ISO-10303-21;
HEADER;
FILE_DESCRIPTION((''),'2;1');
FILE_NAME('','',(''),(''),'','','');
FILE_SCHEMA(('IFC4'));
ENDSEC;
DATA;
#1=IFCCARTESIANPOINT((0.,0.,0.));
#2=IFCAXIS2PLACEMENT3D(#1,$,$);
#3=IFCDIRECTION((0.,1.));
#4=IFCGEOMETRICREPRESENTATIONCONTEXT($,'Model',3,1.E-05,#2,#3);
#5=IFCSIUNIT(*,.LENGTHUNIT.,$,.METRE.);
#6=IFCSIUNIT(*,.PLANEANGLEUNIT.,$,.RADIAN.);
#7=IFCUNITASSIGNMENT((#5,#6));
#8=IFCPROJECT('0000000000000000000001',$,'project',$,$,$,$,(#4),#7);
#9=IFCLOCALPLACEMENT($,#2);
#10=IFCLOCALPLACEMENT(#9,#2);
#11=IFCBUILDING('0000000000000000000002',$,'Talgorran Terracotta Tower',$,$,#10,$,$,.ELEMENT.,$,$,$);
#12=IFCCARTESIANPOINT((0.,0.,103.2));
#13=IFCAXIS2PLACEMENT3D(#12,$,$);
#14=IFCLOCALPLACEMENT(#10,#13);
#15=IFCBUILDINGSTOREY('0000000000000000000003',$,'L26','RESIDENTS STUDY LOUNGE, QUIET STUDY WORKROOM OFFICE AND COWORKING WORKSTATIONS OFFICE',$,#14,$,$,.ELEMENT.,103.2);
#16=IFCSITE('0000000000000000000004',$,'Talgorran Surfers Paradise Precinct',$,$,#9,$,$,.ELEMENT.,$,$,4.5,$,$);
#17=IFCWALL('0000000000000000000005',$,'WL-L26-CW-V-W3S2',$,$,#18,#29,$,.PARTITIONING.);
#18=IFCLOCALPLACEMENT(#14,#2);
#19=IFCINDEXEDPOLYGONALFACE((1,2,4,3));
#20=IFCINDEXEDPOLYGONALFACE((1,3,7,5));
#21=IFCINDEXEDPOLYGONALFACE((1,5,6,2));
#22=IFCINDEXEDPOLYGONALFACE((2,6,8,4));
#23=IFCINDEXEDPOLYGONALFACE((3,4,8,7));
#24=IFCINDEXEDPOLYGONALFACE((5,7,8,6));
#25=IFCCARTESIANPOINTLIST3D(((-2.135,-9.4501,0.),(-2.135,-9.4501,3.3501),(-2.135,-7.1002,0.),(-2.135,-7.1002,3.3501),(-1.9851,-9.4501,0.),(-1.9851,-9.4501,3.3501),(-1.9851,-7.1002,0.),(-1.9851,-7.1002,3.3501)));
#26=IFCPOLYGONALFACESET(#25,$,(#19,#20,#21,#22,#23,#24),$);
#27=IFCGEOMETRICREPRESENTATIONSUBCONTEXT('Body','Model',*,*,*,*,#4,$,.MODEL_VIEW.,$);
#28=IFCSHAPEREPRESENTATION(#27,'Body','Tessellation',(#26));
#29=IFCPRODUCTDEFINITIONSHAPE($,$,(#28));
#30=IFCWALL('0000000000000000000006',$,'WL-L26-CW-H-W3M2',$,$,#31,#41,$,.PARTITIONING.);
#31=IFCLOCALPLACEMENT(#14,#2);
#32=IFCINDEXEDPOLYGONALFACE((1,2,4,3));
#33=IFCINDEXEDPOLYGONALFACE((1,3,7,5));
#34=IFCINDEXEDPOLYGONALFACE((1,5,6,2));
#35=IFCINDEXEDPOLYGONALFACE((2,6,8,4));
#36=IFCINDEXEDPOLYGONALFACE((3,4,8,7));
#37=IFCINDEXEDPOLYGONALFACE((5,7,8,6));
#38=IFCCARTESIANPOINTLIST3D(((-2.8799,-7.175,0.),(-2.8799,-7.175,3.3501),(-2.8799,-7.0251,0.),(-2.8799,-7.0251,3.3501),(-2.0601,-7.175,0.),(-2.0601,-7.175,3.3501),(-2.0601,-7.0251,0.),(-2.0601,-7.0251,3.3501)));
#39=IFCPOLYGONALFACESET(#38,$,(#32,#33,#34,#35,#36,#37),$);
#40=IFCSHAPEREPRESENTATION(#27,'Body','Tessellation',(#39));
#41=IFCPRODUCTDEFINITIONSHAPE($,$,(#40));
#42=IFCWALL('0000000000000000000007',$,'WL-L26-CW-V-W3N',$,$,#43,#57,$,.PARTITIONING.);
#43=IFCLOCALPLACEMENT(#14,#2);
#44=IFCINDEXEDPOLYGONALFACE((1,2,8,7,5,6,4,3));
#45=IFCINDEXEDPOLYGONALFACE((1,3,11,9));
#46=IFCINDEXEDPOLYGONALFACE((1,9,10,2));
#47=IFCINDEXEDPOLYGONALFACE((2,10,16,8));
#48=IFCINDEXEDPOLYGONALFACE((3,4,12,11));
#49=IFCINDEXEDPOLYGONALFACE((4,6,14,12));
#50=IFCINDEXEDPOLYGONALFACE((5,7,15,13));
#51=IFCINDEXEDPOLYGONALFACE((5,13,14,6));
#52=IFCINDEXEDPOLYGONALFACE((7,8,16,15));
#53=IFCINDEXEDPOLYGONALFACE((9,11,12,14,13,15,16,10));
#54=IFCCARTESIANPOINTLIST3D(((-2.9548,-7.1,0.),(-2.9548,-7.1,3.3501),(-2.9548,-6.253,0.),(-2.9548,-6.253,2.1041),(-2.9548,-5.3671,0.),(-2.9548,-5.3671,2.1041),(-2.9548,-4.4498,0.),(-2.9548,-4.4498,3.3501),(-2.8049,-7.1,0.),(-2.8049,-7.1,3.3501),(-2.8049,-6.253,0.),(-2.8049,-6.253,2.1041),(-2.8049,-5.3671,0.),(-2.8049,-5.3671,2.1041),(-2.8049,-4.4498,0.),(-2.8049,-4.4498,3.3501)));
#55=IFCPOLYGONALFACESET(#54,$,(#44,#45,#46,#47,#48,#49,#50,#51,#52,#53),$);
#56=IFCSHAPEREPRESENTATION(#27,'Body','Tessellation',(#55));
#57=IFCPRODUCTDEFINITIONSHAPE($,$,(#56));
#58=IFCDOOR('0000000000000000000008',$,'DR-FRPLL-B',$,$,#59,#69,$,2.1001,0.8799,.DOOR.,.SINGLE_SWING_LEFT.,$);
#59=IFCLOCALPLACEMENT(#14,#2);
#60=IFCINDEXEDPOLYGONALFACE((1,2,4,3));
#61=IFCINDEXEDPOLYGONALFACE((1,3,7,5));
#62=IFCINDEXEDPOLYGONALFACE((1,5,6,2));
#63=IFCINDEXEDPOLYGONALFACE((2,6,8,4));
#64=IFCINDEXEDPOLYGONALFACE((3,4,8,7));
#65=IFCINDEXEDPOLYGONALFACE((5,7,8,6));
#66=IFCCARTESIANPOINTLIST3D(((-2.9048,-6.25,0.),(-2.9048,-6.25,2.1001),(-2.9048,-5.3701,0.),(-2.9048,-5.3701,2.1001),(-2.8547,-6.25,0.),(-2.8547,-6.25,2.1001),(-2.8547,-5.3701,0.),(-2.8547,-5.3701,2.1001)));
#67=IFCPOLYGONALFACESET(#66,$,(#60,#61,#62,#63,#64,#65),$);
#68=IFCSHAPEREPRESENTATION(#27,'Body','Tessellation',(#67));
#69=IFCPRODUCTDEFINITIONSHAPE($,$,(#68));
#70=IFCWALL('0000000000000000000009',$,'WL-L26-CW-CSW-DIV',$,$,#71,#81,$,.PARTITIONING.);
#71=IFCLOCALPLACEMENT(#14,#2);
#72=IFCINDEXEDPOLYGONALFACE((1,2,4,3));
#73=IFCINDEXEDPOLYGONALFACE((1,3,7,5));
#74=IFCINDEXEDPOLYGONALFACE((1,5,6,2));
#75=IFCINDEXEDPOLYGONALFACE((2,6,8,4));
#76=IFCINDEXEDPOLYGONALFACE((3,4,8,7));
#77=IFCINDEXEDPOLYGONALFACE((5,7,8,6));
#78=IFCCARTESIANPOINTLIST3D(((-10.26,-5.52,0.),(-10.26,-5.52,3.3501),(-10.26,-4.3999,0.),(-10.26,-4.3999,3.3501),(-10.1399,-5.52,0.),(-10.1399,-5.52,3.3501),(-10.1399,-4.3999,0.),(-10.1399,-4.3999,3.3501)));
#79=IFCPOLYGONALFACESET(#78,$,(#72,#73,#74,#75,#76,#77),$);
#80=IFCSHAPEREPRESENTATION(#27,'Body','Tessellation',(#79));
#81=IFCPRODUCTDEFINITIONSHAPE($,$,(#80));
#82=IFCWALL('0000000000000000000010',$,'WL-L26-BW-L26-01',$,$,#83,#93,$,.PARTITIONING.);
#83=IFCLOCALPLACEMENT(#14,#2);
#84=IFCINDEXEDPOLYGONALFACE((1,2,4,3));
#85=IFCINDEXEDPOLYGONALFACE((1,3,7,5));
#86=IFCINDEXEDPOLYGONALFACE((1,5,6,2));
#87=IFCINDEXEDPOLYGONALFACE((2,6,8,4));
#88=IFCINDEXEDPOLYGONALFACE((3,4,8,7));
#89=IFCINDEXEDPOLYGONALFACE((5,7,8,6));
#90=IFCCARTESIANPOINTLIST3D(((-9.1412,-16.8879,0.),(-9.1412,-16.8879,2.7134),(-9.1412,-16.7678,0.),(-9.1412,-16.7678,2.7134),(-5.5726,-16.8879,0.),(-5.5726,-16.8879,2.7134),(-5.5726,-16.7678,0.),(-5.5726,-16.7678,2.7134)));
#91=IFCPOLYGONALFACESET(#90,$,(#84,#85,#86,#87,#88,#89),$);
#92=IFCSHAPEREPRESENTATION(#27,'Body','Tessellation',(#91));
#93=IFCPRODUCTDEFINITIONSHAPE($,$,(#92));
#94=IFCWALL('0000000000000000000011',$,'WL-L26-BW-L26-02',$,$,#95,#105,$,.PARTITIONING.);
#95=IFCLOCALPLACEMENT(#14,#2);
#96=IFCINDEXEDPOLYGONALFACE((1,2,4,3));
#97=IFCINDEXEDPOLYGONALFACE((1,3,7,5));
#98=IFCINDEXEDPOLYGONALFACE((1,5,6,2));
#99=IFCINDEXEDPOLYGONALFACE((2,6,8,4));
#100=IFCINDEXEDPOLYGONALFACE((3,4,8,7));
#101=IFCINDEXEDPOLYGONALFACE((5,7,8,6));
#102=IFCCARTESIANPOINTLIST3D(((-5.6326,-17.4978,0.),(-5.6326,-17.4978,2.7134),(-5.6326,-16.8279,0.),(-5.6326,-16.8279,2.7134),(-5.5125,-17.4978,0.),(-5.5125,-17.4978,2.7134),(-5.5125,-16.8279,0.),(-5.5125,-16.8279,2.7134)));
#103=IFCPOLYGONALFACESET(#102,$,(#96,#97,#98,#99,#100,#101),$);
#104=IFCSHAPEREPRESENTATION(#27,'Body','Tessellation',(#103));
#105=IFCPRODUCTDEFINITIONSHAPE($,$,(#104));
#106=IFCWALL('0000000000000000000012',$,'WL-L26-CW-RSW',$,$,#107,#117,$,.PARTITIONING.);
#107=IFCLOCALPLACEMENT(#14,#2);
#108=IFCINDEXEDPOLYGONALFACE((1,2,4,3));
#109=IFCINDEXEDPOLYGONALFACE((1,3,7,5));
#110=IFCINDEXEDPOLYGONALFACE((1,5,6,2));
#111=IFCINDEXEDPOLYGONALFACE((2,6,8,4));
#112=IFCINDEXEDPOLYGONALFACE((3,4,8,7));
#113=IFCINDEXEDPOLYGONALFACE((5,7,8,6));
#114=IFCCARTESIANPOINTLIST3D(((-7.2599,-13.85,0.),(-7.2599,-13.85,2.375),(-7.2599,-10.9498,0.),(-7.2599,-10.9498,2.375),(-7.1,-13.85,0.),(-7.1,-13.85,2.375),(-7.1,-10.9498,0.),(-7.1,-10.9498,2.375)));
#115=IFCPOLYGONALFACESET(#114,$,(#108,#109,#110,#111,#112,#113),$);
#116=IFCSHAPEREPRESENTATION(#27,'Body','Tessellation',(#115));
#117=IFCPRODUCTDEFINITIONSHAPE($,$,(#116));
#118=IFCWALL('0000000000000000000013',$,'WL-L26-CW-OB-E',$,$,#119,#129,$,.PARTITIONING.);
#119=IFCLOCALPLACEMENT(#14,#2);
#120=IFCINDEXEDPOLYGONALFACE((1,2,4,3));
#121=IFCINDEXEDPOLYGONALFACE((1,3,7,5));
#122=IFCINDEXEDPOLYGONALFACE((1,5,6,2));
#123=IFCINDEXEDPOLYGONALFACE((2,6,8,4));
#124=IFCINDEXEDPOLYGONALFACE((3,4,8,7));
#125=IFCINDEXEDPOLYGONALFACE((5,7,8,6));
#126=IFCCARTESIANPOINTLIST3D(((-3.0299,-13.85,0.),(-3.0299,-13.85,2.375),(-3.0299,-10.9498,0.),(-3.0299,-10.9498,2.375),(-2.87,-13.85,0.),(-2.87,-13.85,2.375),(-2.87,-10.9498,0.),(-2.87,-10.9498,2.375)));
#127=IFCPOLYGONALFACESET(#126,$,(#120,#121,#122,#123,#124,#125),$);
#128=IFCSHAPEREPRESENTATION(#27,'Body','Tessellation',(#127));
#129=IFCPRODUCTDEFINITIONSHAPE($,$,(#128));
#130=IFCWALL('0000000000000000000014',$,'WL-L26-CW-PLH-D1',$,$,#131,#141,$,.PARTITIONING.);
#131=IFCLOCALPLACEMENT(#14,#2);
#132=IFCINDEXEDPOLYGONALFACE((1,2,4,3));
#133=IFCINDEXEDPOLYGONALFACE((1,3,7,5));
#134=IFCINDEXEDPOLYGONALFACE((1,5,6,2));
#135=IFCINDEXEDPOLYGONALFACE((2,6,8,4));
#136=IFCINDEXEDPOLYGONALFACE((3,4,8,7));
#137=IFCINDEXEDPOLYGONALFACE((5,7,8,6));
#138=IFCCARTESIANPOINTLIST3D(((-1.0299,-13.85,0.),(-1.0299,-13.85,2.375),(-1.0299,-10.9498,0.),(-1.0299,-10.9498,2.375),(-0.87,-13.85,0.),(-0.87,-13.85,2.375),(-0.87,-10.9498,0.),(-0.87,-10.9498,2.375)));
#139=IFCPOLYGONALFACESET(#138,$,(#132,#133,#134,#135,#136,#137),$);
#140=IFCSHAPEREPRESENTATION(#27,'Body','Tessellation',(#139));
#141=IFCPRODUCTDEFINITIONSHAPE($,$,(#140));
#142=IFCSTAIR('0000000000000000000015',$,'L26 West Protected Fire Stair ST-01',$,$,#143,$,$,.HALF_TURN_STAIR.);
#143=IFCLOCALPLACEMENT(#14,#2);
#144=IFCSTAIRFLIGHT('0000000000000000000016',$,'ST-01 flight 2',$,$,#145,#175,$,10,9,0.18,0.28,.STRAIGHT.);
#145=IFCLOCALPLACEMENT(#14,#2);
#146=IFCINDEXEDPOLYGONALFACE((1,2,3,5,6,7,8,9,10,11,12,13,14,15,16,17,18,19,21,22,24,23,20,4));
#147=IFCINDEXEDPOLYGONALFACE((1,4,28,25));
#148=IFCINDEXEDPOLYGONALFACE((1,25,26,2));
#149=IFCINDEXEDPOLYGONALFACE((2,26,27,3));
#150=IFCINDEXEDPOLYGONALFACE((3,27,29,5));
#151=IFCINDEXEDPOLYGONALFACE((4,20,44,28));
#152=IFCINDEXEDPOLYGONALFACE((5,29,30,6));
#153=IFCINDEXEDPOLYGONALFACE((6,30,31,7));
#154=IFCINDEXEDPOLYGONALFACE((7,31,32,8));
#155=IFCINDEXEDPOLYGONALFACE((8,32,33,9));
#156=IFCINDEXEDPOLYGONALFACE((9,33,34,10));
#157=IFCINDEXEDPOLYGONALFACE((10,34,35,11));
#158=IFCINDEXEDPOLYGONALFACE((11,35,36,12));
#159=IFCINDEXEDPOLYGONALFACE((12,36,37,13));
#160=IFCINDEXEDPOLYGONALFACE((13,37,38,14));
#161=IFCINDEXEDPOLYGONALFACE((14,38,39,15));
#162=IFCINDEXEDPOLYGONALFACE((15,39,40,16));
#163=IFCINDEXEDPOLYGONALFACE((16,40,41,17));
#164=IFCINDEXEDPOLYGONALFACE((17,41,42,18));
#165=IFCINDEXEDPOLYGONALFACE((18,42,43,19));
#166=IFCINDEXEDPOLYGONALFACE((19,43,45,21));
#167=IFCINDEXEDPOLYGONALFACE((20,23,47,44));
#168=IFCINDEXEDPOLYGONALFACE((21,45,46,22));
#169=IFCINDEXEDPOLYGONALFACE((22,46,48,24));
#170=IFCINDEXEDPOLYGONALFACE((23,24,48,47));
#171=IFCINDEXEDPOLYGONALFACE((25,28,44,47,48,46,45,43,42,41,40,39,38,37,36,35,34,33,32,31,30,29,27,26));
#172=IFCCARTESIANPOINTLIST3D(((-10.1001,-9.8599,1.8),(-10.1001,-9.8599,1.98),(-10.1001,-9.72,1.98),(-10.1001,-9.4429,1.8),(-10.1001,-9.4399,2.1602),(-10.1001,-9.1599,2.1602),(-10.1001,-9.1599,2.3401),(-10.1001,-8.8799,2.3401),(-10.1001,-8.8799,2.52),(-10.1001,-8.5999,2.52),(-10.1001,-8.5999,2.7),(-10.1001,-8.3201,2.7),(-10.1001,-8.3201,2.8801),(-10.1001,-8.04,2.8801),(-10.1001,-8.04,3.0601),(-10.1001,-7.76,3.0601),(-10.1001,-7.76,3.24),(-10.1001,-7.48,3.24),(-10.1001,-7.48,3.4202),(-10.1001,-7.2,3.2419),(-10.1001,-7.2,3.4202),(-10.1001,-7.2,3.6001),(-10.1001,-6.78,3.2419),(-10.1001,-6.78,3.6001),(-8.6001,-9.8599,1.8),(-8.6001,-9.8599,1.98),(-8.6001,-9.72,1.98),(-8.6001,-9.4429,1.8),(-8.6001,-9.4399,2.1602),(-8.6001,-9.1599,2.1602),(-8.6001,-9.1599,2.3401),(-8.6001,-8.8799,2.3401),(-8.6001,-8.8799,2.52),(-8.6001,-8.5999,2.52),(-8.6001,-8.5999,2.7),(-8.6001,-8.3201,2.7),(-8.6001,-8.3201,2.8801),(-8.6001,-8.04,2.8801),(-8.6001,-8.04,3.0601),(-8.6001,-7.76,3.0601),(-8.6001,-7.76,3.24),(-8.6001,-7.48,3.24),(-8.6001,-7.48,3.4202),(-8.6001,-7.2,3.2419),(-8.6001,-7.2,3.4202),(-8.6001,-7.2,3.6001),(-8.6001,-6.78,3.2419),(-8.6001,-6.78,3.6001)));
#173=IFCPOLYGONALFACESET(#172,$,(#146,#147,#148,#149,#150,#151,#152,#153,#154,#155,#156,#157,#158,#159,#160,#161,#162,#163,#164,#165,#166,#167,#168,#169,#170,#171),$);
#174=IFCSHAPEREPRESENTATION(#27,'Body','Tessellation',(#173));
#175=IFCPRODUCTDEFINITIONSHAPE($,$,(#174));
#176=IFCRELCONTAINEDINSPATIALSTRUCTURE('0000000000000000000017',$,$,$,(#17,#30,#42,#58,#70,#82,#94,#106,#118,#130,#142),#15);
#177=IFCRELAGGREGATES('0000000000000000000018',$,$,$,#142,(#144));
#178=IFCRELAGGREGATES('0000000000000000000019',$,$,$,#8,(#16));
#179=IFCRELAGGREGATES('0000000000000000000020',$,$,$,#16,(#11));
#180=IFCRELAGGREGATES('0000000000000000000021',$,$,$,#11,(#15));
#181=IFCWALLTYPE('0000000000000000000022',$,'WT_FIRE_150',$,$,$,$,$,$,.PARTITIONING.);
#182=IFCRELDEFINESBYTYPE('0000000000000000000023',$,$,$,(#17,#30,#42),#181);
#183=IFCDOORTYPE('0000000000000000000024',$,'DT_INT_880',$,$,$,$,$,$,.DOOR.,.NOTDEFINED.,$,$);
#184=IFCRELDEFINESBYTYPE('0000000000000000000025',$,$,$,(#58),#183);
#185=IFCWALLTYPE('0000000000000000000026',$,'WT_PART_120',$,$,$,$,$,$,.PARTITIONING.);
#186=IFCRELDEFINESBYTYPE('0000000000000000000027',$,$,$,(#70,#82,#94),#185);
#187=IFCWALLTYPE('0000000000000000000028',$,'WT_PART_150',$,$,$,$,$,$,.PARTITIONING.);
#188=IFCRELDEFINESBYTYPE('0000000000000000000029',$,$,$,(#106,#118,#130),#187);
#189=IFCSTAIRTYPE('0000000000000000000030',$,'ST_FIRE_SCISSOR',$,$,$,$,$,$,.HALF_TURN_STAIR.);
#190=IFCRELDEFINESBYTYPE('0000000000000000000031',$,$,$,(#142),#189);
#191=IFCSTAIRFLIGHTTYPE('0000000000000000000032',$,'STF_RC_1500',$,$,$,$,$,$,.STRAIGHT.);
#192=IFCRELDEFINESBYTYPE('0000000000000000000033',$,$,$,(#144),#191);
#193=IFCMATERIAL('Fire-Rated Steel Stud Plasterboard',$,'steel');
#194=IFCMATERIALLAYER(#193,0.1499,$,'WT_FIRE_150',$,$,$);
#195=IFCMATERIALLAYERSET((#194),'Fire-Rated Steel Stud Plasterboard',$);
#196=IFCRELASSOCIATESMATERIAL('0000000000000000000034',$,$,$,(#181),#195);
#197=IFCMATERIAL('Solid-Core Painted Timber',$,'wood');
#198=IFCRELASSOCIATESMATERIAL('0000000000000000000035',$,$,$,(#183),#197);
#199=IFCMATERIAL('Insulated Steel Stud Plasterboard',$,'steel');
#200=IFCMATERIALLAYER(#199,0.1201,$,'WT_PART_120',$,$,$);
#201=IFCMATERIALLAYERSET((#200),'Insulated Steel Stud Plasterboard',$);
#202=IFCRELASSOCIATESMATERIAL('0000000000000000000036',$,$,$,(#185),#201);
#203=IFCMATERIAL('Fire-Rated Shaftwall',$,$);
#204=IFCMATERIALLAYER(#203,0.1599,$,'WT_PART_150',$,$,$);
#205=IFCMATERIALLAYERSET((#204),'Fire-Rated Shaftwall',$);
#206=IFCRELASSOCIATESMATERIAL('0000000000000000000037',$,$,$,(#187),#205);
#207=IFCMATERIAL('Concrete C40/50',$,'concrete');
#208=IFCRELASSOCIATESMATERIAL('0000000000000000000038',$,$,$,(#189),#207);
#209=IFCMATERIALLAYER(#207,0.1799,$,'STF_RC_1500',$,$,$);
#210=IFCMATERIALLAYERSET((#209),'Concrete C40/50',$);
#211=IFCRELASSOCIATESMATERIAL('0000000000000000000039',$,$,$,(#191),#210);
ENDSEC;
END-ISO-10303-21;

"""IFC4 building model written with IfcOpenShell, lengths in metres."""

from ifc_helpers import new_model, si_unit, direction, frame, frame_2d, origin, place, context, subcontext, project, spatial, polyline, rectangle, outline, extrude, material, layer, layer_set, type_object, element, fill, aggregate, save


model = new_model("IFC4")

# Units and contexts
model_context = context("Model", 3, precision=1e-05, world=origin(), true_north=direction((0.0, 1.0)))
body_context = subcontext(model_context, "Body", "Model", "MODEL_VIEW")
ifc_project = project(units=[si_unit("LENGTHUNIT", "METRE"), si_unit("PLANEANGLEUNIT", "RADIAN")], contexts=[model_context])

# Site, building, storey
site_placement = place(None, origin())
site = spatial("IfcSite", under=ifc_project, at=site_placement, Name="Talgorran Surfers Paradise Precinct", CompositionType="ELEMENT", RefElevation=4.5)
building_placement = place(site_placement, origin())
building = spatial("IfcBuilding", under=site, at=building_placement, Name="Talgorran Terracotta Tower", CompositionType="ELEMENT")
storey_placement = place(building_placement, frame((0.0, 0.0, 103.2)))
storey = spatial("IfcBuildingStorey", under=building, at=storey_placement, Name="L26", Description="RESIDENTS STUDY LOUNGE, QUIET STUDY WORKROOM OFFICE AND COWORKING WORKSTATIONS OFFICE", CompositionType="ELEMENT", Elevation=103.2)

# Walls
ifc_material_1 = material(Name="Fire-Rated Steel Stud Plasterboard", Category="steel")
ifc_layer_1 = layer(ifc_material_1, 0.1499, Name="WT_FIRE_150")
ifc_layer_set_1 = layer_set([ifc_layer_1], Name="Fire-Rated Steel Stud Plasterboard")
wall_type_1 = type_object("IfcWallType", Name="WT_FIRE_150", PredefinedType="PARTITIONING", material=ifc_layer_set_1)
wall_1_placement = place(storey_placement, frame((-2.0601, -9.45, 0.0), z_axis=(0.0, 0.0, 1.0), x_axis=(0.0, 1.0, 0.0)))
element("IfcWall", 1, at=wall_1_placement, inside=storey, type_object=wall_type_1, Name="WL-L26-CW-V-W3S2", PredefinedType="PARTITIONING", context=body_context, shape_type="SweptSolid", body=[
    extrude(rectangle(XDim=2.3499, YDim=0.1499, at=frame_2d((1.1748, 0.0))), origin(), (0.0, 0.0, 1.0), 3.3501),
])
wall_2_placement = place(storey_placement, frame((-2.8799, -7.1001, 0.0), z_axis=(0.0, 0.0, 1.0), x_axis=(1.0, 0.0, 0.0)))
element("IfcWall", 2, at=wall_2_placement, inside=storey, type_object=wall_type_1, Name="WL-L26-CW-H-W3M2", PredefinedType="PARTITIONING", context=body_context, shape_type="SweptSolid", body=[
    extrude(rectangle(XDim=0.8198, YDim=0.1499, at=frame_2d((0.4099, 0.0))), origin(), (0.0, 0.0, 1.0), 3.3501),
])

# Wall, opening, door
wall_3_placement = place(storey_placement, frame((-2.8799, -7.1001, 0.0), z_axis=(0.0, 0.0, 1.0), x_axis=(0.0, 1.0, 0.0)))
wall_3 = element("IfcWall", 3, at=wall_3_placement, inside=storey, type_object=wall_type_1, Name="WL-L26-CW-V-W3N", PredefinedType="PARTITIONING", context=body_context, shape_type="SweptSolid", body=[
    extrude(rectangle(XDim=2.6501, YDim=0.1499, at=frame_2d((1.3252, 0.0))), origin(), (0.0, 0.0, 1.0), 3.3501),
])
opening_1_placement = place(wall_3_placement, frame((0.8501, 0.0, 0.0)))
opening_1 = element("IfcOpeningElement", 4, at=opening_1_placement, cuts=wall_3, PredefinedType="OPENING", context=body_context, shape_type="SweptSolid", body=[
    extrude(rectangle(XDim=0.8859, YDim=2.1041, at=frame_2d((0.4399, 1.052))), frame((0.0, 0.085, 0.0), z_axis=(0.0, -1.0, 0.0), x_axis=(1.0, 0.0, 0.0)), (0.0, 0.0, 1.0), 0.1699),
])
ifc_material_2 = material(Name="Solid-Core Painted Timber", Category="wood")
door_type_1 = type_object("IfcDoorType", Name="DT_INT_880", OperationType="NOTDEFINED", PredefinedType="DOOR", material=ifc_material_2)
door_1_placement = place(opening_1_placement, origin())
door_1 = element("IfcDoor", 5, at=door_1_placement, inside=storey, type_object=door_type_1, Name="DR-FRPLL-B", OperationType="SINGLE_SWING_LEFT", OverallHeight=2.1001, OverallWidth=0.8799, PredefinedType="DOOR", context=body_context, shape_type="SweptSolid", body=[
    extrude(rectangle(XDim=0.8799, YDim=2.1001, at=frame_2d((0.4399, 1.05))), frame((0.0, 0.0249, 0.0), z_axis=(0.0, -1.0, 0.0), x_axis=(1.0, 0.0, 0.0)), (0.0, 0.0, 1.0), 0.05),
])
fill(opening_1, door_1)

# Walls
ifc_material_3 = material(Name="Insulated Steel Stud Plasterboard", Category="steel")
ifc_layer_2 = layer(ifc_material_3, 0.1201, Name="WT_PART_120")
ifc_layer_set_2 = layer_set([ifc_layer_2], Name="Insulated Steel Stud Plasterboard")
wall_type_2 = type_object("IfcWallType", Name="WT_PART_120", PredefinedType="PARTITIONING", material=ifc_layer_set_2)
wall_4_placement = place(storey_placement, frame((-10.2, -5.52, 0.0), z_axis=(0.0, 0.0, 1.0), x_axis=(0.0, 1.0, 0.0)))
element("IfcWall", 6, at=wall_4_placement, inside=storey, type_object=wall_type_2, Name="WL-L26-CW-CSW-DIV", PredefinedType="PARTITIONING", context=body_context, shape_type="SweptSolid", body=[
    extrude(rectangle(XDim=1.1201, YDim=0.1201, at=frame_2d((0.5601, 0.0))), origin(), (0.0, 0.0, 1.0), 3.3501),
])
wall_5_placement = place(storey_placement, frame((-9.1411, -16.8279, 0.0), z_axis=(0.0, 0.0, 1.0), x_axis=(1.0, 0.0, 0.0)))
element("IfcWall", 7, at=wall_5_placement, inside=storey, type_object=wall_type_2, Name="WL-L26-BW-L26-01", PredefinedType="PARTITIONING", context=body_context, shape_type="SweptSolid", body=[
    extrude(rectangle(XDim=3.5686, YDim=0.1201, at=frame_2d((1.7842, 0.0))), origin(), (0.0, 0.0, 1.0), 2.7134),
])
wall_6_placement = place(storey_placement, frame((-5.5725, -16.8279, 0.0), z_axis=(0.0, 0.0, 1.0), x_axis=(0.0, -1.0, 0.0)))
element("IfcWall", 8, at=wall_6_placement, inside=storey, type_object=wall_type_2, Name="WL-L26-BW-L26-02", PredefinedType="PARTITIONING", context=body_context, shape_type="SweptSolid", body=[
    extrude(rectangle(XDim=0.6699, YDim=0.1201, at=frame_2d((0.335, 0.0))), origin(), (0.0, 0.0, 1.0), 2.7134),
])
ifc_material_4 = material(Name="Fire-Rated Shaftwall")
ifc_layer_3 = layer(ifc_material_4, 0.1599, Name="WT_PART_150")
ifc_layer_set_3 = layer_set([ifc_layer_3], Name="Fire-Rated Shaftwall")
wall_type_3 = type_object("IfcWallType", Name="WT_PART_150", PredefinedType="PARTITIONING", material=ifc_layer_set_3)
for number, where, z_axis, x_axis, name in (
    (9, (-7.1799, -13.8501, 0.0), (0.0, 0.0, 1.0), (0.0, 1.0, 0.0), "WL-L26-CW-RSW"),
    (10, (-2.95, -13.8501, 0.0), (0.0, 0.0, 1.0), (0.0, 1.0, 0.0), "WL-L26-CW-OB-E"),
    (11, (-0.95, -13.8501, 0.0), (0.0, 0.0, 1.0), (0.0, 1.0, 0.0), "WL-L26-CW-PLH-D1"),
):
    element("IfcWall", number, at=place(storey_placement, frame(where, z_axis=z_axis, x_axis=x_axis)), inside=storey, type_object=wall_type_3, Name=name, PredefinedType="PARTITIONING", context=body_context, shape_type="SweptSolid", body=[
        extrude(rectangle(XDim=2.9001, YDim=0.1599, at=frame_2d((1.4502, 0.0))), origin(), (0.0, 0.0, 1.0), 2.375),
    ])

# Stair, stair flight
ifc_material_5 = material(Name="Concrete C40/50", Category="concrete")
stair_type = type_object("IfcStairType", Name="ST_FIRE_SCISSOR", PredefinedType="HALF_TURN_STAIR", material=ifc_material_5)
stair_placement = place(storey_placement, origin())
stair = element("IfcStair", 12, at=stair_placement, inside=storey, type_object=stair_type, Name="L26 West Protected Fire Stair ST-01", PredefinedType="HALF_TURN_STAIR")
ifc_layer_4 = layer(ifc_material_5, 0.1799, Name="STF_RC_1500")
ifc_layer_set_4 = layer_set([ifc_layer_4], Name="Concrete C40/50")
stair_flight_type = type_object("IfcStairFlightType", Name="STF_RC_1500", PredefinedType="STRAIGHT", material=ifc_layer_set_4)
stair_flight_placement = place(storey_placement, frame((-9.3501, -9.72, 1.8), z_axis=(0.0, 0.0, 1.0), x_axis=(0.0, 1.0, 0.0)))
stair_flight = element("IfcStairFlight", 13, at=stair_flight_placement, type_object=stair_flight_type, Name="ST-01 flight 2", NumberOfRisers=10, NumberOfTreads=9, PredefinedType="STRAIGHT", RiserHeight=0.18, TreadLength=0.28, context=body_context, shape_type="SweptSolid", body=[
    extrude(outline(polyline([(-0.1399, 0.0), (-0.1399, 0.1799), (0.0, 0.1799), (0.28, 0.3601), (0.5601, 0.3601), (0.5601, 0.54), (0.8401, 0.54), (0.8401, 0.72), (1.1201, 0.72), (1.1201, 0.8999), (1.3999, 0.8999), (1.3999, 1.0801), (1.6799, 1.0801), (1.6799, 1.26), (1.96, 1.26), (1.96, 1.4399), (2.24, 1.4399), (2.24, 1.6201), (2.52, 1.6201), (2.52, 1.8), (2.9399, 1.8), (2.9399, 1.4419), (2.52, 1.4419), (0.2771, 0.0), (-0.1399, 0.0)])), frame((0.0, 0.75, 0.0), z_axis=(0.0, -1.0, 0.0), x_axis=(1.0, 0.0, 0.0)), (0.0, 0.0, 1.0), 1.5),
])
aggregate(stair, [stair_flight])

save(model, "model.ifc")
